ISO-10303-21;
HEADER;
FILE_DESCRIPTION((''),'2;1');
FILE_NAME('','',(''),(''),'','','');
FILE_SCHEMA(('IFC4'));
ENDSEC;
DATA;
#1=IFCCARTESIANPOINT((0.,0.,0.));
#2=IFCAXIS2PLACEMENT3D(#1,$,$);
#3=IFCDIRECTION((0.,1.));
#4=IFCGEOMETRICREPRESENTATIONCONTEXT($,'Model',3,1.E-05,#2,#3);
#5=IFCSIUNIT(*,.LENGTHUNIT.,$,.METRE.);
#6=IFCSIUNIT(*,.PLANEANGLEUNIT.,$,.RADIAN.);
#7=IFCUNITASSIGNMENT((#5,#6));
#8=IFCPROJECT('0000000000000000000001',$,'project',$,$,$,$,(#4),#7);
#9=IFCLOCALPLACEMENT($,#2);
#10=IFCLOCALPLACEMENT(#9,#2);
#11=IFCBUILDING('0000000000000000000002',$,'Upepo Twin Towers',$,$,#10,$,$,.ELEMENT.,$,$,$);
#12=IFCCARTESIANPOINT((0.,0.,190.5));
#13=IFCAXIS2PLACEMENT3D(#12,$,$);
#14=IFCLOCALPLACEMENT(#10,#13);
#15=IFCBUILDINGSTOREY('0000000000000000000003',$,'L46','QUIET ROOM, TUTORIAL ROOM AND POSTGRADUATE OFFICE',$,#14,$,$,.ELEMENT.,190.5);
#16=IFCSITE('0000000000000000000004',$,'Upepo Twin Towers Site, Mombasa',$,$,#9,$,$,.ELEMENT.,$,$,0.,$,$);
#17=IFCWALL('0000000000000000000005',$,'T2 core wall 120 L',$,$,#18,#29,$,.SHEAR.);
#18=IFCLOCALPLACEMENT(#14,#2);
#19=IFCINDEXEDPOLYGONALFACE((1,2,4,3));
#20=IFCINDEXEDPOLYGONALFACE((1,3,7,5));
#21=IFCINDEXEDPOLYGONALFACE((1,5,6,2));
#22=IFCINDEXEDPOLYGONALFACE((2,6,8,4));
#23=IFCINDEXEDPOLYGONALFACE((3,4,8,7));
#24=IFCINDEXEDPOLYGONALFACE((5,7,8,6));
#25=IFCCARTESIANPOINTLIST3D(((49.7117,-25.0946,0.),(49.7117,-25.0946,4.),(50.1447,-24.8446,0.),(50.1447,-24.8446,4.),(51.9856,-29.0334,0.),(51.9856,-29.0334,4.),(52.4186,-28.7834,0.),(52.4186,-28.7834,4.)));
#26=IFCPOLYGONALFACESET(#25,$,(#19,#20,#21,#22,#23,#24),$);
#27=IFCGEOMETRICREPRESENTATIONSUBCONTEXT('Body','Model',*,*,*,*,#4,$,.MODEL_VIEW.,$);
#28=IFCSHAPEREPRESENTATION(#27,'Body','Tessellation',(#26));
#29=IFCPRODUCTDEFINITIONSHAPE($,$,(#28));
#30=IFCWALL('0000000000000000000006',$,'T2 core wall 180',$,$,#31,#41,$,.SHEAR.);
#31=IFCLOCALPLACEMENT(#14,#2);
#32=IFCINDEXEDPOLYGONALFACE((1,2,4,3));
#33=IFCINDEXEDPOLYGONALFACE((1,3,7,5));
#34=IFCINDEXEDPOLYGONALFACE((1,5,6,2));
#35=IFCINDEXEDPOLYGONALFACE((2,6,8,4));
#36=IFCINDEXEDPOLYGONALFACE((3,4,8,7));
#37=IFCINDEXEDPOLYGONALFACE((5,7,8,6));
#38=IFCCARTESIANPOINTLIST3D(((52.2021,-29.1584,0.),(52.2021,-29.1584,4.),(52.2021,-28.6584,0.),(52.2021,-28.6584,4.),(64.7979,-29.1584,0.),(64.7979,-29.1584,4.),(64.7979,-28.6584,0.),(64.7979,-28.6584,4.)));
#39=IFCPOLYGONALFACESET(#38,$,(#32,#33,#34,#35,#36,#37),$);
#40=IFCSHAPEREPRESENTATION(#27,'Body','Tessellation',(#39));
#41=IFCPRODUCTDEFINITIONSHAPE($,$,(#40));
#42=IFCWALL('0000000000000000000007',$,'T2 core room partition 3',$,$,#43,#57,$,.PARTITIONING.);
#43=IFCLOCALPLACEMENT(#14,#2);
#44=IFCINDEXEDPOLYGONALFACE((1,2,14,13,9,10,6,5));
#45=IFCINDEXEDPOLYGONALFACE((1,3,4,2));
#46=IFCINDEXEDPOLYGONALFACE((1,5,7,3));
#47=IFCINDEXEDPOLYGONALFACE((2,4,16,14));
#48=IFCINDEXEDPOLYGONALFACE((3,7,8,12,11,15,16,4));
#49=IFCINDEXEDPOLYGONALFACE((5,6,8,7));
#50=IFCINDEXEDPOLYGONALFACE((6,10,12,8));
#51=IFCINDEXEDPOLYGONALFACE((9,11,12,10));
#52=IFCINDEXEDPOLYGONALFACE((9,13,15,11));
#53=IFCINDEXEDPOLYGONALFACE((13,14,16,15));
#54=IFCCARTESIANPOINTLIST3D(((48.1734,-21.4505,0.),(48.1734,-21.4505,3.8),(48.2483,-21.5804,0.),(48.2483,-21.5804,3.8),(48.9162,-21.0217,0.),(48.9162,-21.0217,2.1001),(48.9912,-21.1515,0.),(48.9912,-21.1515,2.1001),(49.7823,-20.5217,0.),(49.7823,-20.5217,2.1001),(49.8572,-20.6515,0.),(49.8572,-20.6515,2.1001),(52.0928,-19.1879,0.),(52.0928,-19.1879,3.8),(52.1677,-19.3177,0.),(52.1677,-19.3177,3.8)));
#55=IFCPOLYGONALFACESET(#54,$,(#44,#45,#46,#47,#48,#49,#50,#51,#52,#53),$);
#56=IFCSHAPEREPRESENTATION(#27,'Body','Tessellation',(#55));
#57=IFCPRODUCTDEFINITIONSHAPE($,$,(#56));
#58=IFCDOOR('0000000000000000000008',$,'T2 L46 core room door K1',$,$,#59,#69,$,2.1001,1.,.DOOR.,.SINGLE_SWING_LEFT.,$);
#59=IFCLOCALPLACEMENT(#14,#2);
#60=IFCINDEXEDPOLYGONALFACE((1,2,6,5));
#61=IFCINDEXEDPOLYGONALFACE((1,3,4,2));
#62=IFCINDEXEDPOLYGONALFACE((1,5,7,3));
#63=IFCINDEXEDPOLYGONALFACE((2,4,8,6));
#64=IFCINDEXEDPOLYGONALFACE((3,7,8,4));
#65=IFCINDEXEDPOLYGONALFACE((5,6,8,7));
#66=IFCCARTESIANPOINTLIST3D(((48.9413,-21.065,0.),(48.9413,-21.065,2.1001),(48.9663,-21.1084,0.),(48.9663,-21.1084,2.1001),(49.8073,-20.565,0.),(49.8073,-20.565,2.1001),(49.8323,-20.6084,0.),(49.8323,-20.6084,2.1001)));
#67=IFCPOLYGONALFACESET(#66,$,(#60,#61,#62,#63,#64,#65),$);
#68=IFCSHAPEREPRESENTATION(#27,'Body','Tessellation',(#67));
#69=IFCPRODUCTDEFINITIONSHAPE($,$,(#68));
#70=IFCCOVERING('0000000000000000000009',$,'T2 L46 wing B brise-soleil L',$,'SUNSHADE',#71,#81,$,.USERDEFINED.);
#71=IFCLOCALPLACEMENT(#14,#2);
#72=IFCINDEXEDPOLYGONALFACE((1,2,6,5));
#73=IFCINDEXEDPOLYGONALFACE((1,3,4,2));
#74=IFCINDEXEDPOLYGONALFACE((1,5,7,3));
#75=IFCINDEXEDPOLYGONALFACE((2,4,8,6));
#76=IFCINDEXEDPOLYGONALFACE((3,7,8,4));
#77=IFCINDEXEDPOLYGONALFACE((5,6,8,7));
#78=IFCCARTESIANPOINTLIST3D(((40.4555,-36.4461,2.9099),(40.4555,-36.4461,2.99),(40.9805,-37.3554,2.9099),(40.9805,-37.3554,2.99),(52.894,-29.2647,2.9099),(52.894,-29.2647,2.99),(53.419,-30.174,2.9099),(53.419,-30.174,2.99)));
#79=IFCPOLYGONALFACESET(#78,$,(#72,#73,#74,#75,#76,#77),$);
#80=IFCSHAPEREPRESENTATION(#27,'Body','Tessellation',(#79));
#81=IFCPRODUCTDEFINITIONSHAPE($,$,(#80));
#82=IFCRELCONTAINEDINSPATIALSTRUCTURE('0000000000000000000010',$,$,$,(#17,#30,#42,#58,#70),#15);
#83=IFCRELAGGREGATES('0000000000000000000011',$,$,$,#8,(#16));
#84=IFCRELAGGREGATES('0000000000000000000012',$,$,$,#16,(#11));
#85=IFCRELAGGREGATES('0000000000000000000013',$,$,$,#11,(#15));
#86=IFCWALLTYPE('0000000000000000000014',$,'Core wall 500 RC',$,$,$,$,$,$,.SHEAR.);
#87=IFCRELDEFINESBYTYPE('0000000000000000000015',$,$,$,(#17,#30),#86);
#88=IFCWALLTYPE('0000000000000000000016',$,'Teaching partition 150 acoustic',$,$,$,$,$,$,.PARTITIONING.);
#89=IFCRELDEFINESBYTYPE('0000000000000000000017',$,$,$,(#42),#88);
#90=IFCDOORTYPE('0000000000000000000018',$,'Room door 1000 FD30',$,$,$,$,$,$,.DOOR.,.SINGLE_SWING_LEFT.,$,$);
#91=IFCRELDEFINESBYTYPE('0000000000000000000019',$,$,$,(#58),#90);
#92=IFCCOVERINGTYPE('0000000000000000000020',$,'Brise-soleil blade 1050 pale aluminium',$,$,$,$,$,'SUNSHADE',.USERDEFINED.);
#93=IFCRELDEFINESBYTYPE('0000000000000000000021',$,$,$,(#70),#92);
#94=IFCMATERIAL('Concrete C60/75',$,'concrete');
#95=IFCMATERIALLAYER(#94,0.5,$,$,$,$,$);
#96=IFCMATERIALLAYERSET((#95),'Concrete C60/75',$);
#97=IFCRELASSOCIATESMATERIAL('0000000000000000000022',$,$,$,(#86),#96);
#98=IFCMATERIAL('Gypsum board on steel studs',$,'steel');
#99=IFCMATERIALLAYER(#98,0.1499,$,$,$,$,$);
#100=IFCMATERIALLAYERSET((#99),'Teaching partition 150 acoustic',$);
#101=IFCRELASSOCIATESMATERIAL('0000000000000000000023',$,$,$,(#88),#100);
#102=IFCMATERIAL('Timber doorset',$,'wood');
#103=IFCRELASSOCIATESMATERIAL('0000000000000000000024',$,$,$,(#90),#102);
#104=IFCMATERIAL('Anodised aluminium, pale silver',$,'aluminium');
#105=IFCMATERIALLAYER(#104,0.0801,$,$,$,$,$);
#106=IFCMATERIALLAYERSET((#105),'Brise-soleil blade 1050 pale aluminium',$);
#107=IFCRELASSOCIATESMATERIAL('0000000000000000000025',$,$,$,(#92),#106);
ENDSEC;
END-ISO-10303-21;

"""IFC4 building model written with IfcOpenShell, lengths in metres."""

from ifc_helpers import new_model, si_unit, direction, frame, frame_2d, origin, origin_2d, place, context, subcontext, project, spatial, rectangle, extrude, material, layer, layer_set, type_object, element, fill, save


model = new_model("IFC4")

# Units and contexts
model_context = context("Model", 3, precision=1e-05, world=origin(), true_north=direction((0.0, 1.0)))
body_context = subcontext(model_context, "Body", "Model", "MODEL_VIEW")
ifc_project = project(units=[si_unit("LENGTHUNIT", "METRE"), si_unit("PLANEANGLEUNIT", "RADIAN")], contexts=[model_context])

# Site, building, storey
site_placement = place(None, origin())
site = spatial("IfcSite", under=ifc_project, at=site_placement, Name="Upepo Twin Towers Site, Mombasa", CompositionType="ELEMENT", RefElevation=0.0)
building_placement = place(site_placement, origin())
building = spatial("IfcBuilding", under=site, at=building_placement, Name="Upepo Twin Towers", CompositionType="ELEMENT")
storey_placement = place(building_placement, frame((0.0, 0.0, 190.5)))
storey = spatial("IfcBuildingStorey", under=building, at=storey_placement, Name="L46", Description="QUIET ROOM, TUTORIAL ROOM AND POSTGRADUATE OFFICE", CompositionType="ELEMENT", Elevation=190.5)

# Shared definitions
ifc_material_1 = material(Name="Concrete C60/75", Category="concrete")
ifc_layer_1 = layer(ifc_material_1, 0.5)
ifc_layer_set_1 = layer_set([ifc_layer_1], Name="Concrete C60/75")
wall_type_1 = type_object("IfcWallType", Name="Core wall 500 RC", PredefinedType="SHEAR", material=ifc_layer_set_1)

# Walls
wall_1_placement = place(storey_placement, frame((49.9282, -24.9697, 0.0), z_axis=(0.0, 0.0, 1.0), x_axis=(0.499984, -0.866035, 0.0)))
element("IfcWall", 1, at=wall_1_placement, inside=storey, type_object=wall_type_1, Name="T2 core wall 120 L", PredefinedType="SHEAR", context=body_context, shape_type="SweptSolid", body=[
    extrude(rectangle(XDim=4.5481, YDim=0.5, at=frame_2d((2.2739, 0.0))), origin(), (0.0, 0.0, 1.0), 4.0),
])
wall_2_placement = place(storey_placement, frame((52.2021, -28.9084, 0.0), z_axis=(0.0, 0.0, 1.0), x_axis=(1.0, 0.0, 0.0)))
element("IfcWall", 2, at=wall_2_placement, inside=storey, type_object=wall_type_1, Name="T2 core wall 180", PredefinedType="SHEAR", context=body_context, shape_type="SweptSolid", body=[
    extrude(rectangle(XDim=12.5957, YDim=0.5, at=frame_2d((6.2979, 0.0))), origin(), (0.0, 0.0, 1.0), 4.0),
])

# Wall, opening, door
ifc_material_2 = material(Name="Gypsum board on steel studs", Category="steel")
ifc_layer_2 = layer(ifc_material_2, 0.1499)
ifc_layer_set_2 = layer_set([ifc_layer_2], Name="Teaching partition 150 acoustic")
wall_type_2 = type_object("IfcWallType", Name="Teaching partition 150 acoustic", PredefinedType="PARTITIONING", material=ifc_layer_set_2)
wall_3_placement = place(storey_placement, frame((48.2109, -21.5154, 0.0), z_axis=(0.0, 0.0, 1.0), x_axis=(0.866044, 0.499968, 0.0)))
wall_3 = element("IfcWall", 3, at=wall_3_placement, inside=storey, type_object=wall_type_2, Name="T2 core room partition 3", PredefinedType="PARTITIONING", context=body_context, shape_type="SweptSolid", body=[
    extrude(rectangle(XDim=4.5256, YDim=0.1499, at=frame_2d((2.2627, 0.0))), origin(), (0.0, 0.0, 1.0), 3.8),
])
opening_1_placement = place(wall_3_placement, frame((0.8577, 0.0, 0.0)))
opening_1 = element("IfcOpeningElement", 4, at=opening_1_placement, cuts=wall_3, PredefinedType="OPENING", context=body_context, shape_type="SweptSolid", body=[
    extrude(rectangle(XDim=1.0, YDim=2.1001, at=frame_2d((0.5, 1.05))), frame((0.0, 0.085, 0.0), z_axis=(0.0, -1.0, 0.0), x_axis=(1.0, 0.0, 0.0)), (0.0, 0.0, 1.0), 0.1699),
])
ifc_material_3 = material(Name="Timber doorset", Category="wood")
door_type_1 = type_object("IfcDoorType", Name="Room door 1000 FD30", OperationType="SINGLE_SWING_LEFT", PredefinedType="DOOR", material=ifc_material_3)
door_1_placement = place(opening_1_placement, origin())
door_1 = element("IfcDoor", 5, at=door_1_placement, inside=storey, type_object=door_type_1, Name="T2 L46 core room door K1", OperationType="SINGLE_SWING_LEFT", OverallHeight=2.1001, OverallWidth=1.0, PredefinedType="DOOR", context=body_context, shape_type="SweptSolid", body=[
    extrude(rectangle(XDim=1.0, YDim=2.1001, at=frame_2d((0.5, 1.05))), frame((0.0, 0.0249, 0.0), z_axis=(0.0, -1.0, 0.0), x_axis=(1.0, 0.0, 0.0)), (0.0, 0.0, 1.0), 0.05),
])
fill(opening_1, door_1)

# Covering
ifc_material_4 = material(Name="Anodised aluminium, pale silver", Category="aluminium")
ifc_layer_3 = layer(ifc_material_4, 0.0801)
ifc_layer_set_3 = layer_set([ifc_layer_3], Name="Brise-soleil blade 1050 pale aluminium")
covering_type = type_object("IfcCoveringType", Name="Brise-soleil blade 1050 pale aluminium", ElementType="SUNSHADE", PredefinedType="USERDEFINED", material=ifc_layer_set_3)
covering_placement = place(storey_placement, frame((46.9373, -33.3101, 2.9099), z_axis=(0.0, 0.0, 1.0), x_axis=(-0.866025, -0.5, 0.0)))
element("IfcCovering", 6, at=covering_placement, inside=storey, type_object=covering_type, Name="T2 L46 wing B brise-soleil L", ObjectType="SUNSHADE", PredefinedType="USERDEFINED", context=body_context, shape_type="SweptSolid", body=[
    extrude(rectangle(XDim=14.3628, YDim=1.05, at=origin_2d()), origin(), (0.0, 0.0, 1.0), 0.0801),
])

save(model, "model.ifc")
